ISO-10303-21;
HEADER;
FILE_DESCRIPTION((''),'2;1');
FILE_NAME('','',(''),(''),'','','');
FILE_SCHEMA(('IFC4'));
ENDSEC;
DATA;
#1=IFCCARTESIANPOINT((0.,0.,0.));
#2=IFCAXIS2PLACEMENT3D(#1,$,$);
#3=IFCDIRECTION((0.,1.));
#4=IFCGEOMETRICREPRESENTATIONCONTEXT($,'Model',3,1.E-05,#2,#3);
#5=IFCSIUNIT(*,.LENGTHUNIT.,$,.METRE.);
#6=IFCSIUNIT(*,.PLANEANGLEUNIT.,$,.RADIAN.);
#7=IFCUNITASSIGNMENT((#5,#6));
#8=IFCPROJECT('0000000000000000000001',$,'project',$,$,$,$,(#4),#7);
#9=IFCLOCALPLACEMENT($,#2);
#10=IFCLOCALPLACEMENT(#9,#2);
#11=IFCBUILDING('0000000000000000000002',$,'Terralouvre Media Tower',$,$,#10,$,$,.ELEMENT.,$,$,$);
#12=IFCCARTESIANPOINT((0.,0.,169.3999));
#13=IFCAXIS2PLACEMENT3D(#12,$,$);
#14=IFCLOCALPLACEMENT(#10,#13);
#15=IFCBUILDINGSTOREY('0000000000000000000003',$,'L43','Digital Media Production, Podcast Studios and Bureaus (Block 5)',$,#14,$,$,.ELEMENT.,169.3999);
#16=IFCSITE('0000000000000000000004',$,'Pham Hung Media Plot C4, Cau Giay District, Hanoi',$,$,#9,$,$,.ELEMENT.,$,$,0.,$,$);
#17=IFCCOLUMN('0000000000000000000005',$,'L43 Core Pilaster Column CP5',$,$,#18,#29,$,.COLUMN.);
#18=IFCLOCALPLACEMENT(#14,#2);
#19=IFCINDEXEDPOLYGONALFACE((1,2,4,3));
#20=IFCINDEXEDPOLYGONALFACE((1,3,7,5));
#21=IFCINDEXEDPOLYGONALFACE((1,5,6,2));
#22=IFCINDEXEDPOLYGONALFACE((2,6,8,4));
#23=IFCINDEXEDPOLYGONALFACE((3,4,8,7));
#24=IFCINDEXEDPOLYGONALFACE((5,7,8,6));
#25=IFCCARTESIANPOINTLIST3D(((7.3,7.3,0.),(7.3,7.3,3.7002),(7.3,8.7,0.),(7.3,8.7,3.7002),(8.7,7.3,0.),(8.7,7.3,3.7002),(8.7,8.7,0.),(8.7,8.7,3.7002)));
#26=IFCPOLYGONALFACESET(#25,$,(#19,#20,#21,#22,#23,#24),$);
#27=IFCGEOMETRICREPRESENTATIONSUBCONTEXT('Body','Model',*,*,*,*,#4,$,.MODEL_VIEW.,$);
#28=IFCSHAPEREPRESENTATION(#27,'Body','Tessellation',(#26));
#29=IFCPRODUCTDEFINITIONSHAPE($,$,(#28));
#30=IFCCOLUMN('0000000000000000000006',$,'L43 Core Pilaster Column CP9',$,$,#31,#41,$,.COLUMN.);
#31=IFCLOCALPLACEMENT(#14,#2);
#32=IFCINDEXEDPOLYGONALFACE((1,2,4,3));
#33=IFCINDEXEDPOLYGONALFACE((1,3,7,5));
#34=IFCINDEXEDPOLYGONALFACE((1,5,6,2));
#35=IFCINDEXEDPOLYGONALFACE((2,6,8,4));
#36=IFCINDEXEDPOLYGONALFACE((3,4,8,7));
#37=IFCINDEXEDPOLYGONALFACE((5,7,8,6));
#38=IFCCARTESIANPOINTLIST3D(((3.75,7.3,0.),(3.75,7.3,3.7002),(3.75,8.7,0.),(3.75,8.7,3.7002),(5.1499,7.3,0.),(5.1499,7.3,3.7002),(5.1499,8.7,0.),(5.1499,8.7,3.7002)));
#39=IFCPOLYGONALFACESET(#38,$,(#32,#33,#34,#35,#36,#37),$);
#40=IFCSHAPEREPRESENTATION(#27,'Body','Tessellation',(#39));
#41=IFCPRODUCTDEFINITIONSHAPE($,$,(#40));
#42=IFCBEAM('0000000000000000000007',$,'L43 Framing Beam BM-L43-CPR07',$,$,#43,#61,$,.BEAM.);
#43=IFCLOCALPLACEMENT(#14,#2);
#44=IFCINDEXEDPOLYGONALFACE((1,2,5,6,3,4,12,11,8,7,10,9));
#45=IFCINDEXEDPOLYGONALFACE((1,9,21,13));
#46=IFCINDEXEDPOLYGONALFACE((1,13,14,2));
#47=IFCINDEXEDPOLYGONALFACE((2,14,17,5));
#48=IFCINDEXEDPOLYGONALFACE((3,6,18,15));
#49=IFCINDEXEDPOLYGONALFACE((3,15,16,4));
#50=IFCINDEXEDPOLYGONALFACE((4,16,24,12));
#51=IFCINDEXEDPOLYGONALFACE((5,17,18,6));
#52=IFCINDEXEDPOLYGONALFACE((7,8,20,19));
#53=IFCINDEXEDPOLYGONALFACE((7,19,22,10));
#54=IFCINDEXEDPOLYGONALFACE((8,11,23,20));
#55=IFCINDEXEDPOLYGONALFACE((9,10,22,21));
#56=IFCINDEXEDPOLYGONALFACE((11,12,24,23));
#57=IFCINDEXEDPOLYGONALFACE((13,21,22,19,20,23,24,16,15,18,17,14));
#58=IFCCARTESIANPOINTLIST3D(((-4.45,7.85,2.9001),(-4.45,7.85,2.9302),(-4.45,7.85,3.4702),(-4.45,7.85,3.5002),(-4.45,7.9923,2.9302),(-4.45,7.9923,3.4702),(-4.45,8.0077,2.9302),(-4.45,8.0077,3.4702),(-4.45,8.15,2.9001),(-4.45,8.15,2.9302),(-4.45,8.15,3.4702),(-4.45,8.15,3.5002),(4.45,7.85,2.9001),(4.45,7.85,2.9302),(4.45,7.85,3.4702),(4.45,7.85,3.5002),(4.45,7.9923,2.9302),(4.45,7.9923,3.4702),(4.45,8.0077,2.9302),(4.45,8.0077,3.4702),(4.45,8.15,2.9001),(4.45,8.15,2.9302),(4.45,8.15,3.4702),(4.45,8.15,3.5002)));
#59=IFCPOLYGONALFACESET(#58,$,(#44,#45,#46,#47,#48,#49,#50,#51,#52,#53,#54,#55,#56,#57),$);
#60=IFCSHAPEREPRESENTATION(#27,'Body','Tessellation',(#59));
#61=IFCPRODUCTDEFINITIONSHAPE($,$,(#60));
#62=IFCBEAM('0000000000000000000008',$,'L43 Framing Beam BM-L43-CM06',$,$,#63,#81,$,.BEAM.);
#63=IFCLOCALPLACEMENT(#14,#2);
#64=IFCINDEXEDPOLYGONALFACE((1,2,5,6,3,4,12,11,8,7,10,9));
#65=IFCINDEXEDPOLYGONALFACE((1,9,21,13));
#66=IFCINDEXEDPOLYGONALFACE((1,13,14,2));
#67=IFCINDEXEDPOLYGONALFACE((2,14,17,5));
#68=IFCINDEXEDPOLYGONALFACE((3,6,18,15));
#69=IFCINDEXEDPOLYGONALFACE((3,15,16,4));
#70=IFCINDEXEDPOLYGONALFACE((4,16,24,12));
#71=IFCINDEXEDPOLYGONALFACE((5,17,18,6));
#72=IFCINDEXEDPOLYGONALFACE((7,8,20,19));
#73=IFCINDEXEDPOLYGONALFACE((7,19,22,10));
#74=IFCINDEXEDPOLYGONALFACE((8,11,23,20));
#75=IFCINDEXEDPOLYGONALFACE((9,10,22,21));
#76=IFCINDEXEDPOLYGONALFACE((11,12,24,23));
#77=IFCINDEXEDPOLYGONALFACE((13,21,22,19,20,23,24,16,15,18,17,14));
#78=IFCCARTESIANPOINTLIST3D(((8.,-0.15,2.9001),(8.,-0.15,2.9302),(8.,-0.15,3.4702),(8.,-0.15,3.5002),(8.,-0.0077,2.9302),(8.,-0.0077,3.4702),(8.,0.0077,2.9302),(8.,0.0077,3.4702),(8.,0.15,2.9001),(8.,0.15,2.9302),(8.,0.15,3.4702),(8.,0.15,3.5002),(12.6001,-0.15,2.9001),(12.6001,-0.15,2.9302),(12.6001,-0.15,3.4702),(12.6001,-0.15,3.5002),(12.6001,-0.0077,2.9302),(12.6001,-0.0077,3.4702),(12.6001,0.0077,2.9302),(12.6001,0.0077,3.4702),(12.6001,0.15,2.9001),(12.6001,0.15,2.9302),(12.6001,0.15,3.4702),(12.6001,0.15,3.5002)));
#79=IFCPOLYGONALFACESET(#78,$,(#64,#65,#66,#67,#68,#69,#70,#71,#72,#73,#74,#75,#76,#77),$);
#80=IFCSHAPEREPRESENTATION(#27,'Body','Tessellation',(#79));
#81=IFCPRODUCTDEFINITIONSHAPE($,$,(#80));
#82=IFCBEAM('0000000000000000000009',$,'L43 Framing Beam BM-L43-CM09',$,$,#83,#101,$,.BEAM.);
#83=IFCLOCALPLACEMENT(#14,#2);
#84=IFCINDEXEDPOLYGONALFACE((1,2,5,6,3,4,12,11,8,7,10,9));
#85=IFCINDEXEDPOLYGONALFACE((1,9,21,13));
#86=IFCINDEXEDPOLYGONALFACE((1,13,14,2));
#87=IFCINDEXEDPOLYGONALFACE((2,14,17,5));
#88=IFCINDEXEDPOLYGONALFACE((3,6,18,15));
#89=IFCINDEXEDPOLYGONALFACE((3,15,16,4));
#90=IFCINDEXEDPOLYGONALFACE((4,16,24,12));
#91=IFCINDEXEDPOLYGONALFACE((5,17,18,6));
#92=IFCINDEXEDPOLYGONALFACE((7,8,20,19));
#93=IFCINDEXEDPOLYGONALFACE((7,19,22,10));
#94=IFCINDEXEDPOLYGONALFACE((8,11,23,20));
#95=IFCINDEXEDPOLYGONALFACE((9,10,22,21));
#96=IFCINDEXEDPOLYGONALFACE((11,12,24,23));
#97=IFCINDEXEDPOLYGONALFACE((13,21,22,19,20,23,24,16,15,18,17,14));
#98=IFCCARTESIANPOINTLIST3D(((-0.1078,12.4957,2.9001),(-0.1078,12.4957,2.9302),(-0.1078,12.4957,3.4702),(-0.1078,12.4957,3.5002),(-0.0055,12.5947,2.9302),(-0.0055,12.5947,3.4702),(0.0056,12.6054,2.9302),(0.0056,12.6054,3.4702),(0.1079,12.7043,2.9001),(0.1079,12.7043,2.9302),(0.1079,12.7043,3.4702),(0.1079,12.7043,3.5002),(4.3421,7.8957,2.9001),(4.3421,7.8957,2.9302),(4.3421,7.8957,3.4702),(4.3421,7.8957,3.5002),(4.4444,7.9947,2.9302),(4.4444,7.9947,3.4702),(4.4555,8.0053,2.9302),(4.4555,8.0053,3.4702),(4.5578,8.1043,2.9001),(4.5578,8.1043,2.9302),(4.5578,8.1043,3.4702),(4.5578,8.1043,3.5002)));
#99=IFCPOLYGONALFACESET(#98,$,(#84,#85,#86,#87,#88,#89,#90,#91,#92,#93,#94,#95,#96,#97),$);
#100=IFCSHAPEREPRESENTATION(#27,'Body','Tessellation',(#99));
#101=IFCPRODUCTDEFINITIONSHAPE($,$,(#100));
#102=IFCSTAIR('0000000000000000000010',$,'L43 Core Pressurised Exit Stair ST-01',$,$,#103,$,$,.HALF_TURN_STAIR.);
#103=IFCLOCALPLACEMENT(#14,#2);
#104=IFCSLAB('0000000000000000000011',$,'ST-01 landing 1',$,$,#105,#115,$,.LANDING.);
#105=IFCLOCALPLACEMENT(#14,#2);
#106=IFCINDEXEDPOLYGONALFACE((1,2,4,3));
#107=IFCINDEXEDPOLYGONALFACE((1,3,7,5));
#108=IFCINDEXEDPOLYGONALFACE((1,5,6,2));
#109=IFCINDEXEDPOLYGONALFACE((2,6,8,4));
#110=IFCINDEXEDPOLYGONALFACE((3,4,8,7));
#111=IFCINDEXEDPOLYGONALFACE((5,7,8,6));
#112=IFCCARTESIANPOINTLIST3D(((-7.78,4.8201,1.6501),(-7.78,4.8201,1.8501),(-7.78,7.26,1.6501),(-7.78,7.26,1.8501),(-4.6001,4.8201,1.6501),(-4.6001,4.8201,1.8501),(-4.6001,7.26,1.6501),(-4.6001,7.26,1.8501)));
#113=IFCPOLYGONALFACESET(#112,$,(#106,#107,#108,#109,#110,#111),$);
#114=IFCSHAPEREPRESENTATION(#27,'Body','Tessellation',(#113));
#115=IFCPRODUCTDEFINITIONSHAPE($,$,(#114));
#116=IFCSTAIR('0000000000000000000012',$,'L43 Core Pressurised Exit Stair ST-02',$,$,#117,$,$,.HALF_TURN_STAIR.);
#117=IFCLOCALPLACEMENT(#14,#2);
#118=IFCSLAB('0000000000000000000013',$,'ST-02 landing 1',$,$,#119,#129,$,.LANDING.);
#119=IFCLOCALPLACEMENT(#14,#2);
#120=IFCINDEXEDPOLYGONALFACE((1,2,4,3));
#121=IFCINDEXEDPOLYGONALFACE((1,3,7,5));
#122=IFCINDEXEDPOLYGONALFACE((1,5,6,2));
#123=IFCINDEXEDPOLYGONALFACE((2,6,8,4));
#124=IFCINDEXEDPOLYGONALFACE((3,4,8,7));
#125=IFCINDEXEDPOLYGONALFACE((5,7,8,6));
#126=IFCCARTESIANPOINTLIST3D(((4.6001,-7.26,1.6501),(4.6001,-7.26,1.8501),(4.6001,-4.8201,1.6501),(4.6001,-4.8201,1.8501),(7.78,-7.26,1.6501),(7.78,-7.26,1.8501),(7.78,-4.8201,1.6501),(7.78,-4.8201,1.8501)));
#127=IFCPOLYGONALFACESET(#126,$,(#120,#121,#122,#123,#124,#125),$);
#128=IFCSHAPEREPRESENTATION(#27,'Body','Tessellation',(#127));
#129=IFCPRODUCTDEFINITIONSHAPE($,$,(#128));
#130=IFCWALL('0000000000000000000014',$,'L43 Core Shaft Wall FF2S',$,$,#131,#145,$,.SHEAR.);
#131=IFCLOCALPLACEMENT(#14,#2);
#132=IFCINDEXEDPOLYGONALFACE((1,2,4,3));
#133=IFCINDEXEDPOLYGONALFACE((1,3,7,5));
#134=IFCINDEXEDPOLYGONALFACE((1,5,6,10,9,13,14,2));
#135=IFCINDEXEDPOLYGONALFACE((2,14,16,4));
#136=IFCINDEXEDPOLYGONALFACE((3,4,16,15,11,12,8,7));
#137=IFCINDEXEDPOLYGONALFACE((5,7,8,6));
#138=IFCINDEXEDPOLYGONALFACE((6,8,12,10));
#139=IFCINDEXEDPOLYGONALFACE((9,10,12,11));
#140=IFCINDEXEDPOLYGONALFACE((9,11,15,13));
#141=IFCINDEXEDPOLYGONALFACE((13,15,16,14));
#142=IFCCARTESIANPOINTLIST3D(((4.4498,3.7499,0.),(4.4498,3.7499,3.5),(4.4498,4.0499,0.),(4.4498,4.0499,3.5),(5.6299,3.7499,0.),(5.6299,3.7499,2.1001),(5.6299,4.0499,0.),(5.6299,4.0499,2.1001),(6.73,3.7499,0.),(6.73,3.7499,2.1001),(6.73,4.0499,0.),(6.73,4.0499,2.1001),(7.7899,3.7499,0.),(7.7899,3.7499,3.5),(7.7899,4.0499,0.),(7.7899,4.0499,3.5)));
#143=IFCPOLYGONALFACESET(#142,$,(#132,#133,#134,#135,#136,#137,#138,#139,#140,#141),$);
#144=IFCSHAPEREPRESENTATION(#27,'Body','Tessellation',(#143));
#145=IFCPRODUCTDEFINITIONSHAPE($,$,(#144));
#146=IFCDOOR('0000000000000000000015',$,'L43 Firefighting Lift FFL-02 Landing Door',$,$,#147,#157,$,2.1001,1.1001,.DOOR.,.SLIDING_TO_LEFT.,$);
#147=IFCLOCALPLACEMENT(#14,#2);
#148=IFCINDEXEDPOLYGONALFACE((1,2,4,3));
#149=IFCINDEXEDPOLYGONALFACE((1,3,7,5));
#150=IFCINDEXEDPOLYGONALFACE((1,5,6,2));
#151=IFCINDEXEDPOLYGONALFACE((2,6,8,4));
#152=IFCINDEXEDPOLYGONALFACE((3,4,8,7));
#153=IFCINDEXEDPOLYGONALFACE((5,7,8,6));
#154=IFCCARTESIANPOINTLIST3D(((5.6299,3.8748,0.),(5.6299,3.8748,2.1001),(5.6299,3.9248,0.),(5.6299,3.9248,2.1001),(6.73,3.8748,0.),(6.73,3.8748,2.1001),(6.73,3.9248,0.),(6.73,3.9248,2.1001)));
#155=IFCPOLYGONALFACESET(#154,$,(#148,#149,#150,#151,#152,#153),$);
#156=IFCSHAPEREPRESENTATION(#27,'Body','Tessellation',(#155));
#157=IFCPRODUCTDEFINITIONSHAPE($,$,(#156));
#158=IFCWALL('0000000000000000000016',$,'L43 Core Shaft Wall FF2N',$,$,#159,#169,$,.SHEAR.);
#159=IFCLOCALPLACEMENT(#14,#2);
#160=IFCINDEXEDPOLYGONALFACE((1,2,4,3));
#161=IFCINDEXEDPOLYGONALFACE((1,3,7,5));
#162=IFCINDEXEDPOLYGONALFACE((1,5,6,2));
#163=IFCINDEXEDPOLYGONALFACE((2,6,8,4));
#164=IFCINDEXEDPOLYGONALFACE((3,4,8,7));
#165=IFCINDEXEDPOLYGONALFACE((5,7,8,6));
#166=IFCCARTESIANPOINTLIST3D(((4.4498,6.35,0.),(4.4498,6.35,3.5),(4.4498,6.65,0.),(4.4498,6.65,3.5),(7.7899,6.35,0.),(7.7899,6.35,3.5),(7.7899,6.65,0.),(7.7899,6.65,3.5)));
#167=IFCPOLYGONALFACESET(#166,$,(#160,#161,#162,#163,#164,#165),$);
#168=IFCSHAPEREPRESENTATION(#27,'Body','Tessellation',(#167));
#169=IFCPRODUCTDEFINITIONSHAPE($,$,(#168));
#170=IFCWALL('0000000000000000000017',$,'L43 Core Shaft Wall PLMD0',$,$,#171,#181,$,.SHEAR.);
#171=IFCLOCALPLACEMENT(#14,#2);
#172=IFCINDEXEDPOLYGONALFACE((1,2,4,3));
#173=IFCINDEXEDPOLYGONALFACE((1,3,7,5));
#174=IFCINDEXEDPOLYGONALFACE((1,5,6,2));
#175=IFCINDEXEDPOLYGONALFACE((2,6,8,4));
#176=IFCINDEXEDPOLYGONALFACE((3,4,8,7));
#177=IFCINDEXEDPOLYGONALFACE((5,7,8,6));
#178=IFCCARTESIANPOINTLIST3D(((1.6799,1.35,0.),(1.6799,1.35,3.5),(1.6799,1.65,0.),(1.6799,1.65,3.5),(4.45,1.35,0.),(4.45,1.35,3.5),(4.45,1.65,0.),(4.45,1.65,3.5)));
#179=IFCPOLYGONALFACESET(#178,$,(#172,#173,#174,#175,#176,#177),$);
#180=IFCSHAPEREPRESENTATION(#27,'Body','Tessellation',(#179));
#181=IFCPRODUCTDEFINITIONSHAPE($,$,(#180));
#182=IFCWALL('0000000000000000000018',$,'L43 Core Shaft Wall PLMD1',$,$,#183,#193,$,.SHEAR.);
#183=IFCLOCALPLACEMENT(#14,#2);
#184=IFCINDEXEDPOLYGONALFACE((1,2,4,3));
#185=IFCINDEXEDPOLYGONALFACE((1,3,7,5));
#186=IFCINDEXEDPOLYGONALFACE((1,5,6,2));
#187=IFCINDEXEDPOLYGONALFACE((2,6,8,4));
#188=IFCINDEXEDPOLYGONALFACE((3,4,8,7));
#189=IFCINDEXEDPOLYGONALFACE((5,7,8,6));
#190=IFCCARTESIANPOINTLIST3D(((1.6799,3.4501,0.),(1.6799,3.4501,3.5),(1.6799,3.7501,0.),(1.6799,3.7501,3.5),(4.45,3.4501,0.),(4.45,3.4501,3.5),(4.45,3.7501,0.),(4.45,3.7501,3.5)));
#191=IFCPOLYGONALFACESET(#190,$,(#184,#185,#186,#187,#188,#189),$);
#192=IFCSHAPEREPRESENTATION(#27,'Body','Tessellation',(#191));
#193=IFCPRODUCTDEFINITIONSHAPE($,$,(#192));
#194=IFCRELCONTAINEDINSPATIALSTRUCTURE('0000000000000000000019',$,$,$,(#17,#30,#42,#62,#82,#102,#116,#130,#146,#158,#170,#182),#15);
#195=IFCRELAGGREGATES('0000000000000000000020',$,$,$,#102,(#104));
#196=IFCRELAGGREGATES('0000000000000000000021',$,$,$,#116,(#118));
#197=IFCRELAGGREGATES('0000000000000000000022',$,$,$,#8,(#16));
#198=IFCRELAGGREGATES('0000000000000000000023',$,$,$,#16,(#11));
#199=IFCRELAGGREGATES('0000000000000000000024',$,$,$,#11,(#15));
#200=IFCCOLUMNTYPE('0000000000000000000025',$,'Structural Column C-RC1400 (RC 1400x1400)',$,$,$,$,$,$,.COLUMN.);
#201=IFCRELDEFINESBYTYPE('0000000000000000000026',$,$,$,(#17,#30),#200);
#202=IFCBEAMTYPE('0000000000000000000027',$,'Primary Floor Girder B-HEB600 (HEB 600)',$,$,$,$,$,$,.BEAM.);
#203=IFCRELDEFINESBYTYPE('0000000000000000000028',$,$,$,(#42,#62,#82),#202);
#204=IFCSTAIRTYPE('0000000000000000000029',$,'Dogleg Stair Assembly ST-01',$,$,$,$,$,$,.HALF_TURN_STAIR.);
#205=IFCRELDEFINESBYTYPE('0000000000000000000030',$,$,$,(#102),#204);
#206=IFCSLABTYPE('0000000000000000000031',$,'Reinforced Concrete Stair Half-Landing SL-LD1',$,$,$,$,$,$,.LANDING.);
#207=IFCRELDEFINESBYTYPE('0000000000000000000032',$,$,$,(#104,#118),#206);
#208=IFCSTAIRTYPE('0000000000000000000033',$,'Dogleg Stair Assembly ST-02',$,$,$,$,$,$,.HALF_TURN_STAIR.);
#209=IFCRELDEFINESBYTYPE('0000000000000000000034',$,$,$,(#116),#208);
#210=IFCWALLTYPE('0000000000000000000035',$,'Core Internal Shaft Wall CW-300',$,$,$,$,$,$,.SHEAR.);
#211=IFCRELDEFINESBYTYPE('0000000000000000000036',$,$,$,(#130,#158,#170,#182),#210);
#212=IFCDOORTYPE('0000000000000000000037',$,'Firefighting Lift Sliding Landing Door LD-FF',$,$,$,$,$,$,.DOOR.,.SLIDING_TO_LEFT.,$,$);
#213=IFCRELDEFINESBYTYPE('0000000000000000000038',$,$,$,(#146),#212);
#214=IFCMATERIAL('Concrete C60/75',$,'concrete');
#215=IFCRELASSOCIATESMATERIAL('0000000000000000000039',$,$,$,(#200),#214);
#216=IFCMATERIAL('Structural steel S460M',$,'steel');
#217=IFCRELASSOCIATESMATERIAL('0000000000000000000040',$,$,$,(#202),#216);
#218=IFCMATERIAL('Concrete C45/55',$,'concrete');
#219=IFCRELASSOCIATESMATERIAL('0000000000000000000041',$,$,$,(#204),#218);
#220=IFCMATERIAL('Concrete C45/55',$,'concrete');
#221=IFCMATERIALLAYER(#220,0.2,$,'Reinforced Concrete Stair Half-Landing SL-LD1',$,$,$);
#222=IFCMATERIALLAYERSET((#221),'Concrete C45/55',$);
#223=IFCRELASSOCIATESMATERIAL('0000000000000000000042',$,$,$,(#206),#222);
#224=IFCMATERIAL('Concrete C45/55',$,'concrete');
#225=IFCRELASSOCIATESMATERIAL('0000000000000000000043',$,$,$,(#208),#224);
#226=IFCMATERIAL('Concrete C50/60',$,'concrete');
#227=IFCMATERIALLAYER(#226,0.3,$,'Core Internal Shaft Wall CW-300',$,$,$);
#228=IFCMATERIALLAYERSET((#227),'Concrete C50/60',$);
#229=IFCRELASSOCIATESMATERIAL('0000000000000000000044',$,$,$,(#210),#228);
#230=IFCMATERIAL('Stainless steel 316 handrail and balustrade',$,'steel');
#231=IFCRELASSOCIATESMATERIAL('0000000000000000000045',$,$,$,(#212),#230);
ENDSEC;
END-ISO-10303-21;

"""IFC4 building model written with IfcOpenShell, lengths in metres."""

from ifc_helpers import new_model, si_unit, direction, frame, frame_2d, origin, origin_2d, place, context, subcontext, project, spatial, polyline, rectangle, i_section, outline, extrude, material, layer, layer_set, material_profile, profile_set, type_object, element, fill, aggregate, save


model = new_model("IFC4")

# Units and contexts
model_context = context("Model", 3, precision=1e-05, world=origin(), true_north=direction((0.0, 1.0)))
body_context = subcontext(model_context, "Body", "Model", "MODEL_VIEW")
ifc_project = project(units=[si_unit("LENGTHUNIT", "METRE"), si_unit("PLANEANGLEUNIT", "RADIAN")], contexts=[model_context])

# Site, building, storey
site_placement = place(None, origin())
site = spatial("IfcSite", under=ifc_project, at=site_placement, Name="Pham Hung Media Plot C4, Cau Giay District, Hanoi", CompositionType="ELEMENT", RefElevation=0.0)
building_placement = place(site_placement, origin())
building = spatial("IfcBuilding", under=site, at=building_placement, Name="Terralouvre Media Tower", CompositionType="ELEMENT")
storey_placement = place(building_placement, frame((0.0, 0.0, 169.3999)))
storey = spatial("IfcBuildingStorey", under=building, at=storey_placement, Name="L43", Description="Digital Media Production, Podcast Studios and Bureaus (Block 5)", CompositionType="ELEMENT", Elevation=169.3999)

# Columns
ifc_material_1 = material(Name="Concrete C60/75", Category="concrete")
ifc_material_profile_1 = material_profile(ifc_material_1, rectangle(XDim=1.3999, YDim=1.3999, at=origin_2d()), Name="RC 1400x1400")
ifc_profile_set_1 = profile_set([ifc_material_profile_1], Name="Concrete C60/75")
column_type = type_object("IfcColumnType", Name="Structural Column C-RC1400 (RC 1400x1400)", PredefinedType="COLUMN", material=ifc_profile_set_1)
for number, where, z_axis, x_axis, name in (
    (1, (8.0, 8.0, 0.0), (0.0, 0.0, 1.0), (1.0, 0.0, 0.0), "L43 Core Pilaster Column CP5"),
    (2, (4.45, 8.0, 0.0), (0.0, 0.0, 1.0), (1.0, 0.0, 0.0), "L43 Core Pilaster Column CP9"),
):
    element("IfcColumn", number, at=place(storey_placement, frame(where, z_axis=z_axis, x_axis=x_axis)), inside=storey, type_object=column_type, Name=name, PredefinedType="COLUMN", context=body_context, shape_type="SweptSolid", body=[
        extrude(rectangle(XDim=1.3999, YDim=1.3999, at=origin_2d()), origin(), (0.0, 0.0, 1.0), 3.7002),
    ])

# Beams
ifc_material_2 = material(Name="Structural steel S460M", Category="steel")
ifc_material_profile_2 = material_profile(ifc_material_2, i_section(OverallWidth=0.3, OverallDepth=0.6001, WebThickness=0.0154, FlangeThickness=0.03, at=origin_2d()), Name="HEB 600")
ifc_profile_set_2 = profile_set([ifc_material_profile_2], Name="Structural steel S460M")
beam_type = type_object("IfcBeamType", Name="Primary Floor Girder B-HEB600 (HEB 600)", PredefinedType="BEAM", material=ifc_profile_set_2)
beam_1_placement = place(storey_placement, frame((4.45, 8.0, 3.2002), z_axis=(-1.0, 0.0, 0.0), x_axis=(0.0, -1.0, 0.0)))
element("IfcBeam", 3, at=beam_1_placement, inside=storey, type_object=beam_type, Name="L43 Framing Beam BM-L43-CPR07", PredefinedType="BEAM", context=body_context, shape_type="SweptSolid", body=[
    extrude(i_section(OverallWidth=0.3, OverallDepth=0.6001, WebThickness=0.0154, FlangeThickness=0.03, at=origin_2d()), origin(), (0.0, 0.0, 1.0), 8.8999),
])
beam_2_placement = place(storey_placement, frame((8.0, 0.0, 3.2002), z_axis=(1.0, 0.0, 0.0), x_axis=(0.0, 1.0, 0.0)))
element("IfcBeam", 4, at=beam_2_placement, inside=storey, type_object=beam_type, Name="L43 Framing Beam BM-L43-CM06", PredefinedType="BEAM", context=body_context, shape_type="SweptSolid", body=[
    extrude(i_section(OverallWidth=0.3, OverallDepth=0.6001, WebThickness=0.0154, FlangeThickness=0.03, at=origin_2d()), origin(), (0.0, 0.0, 1.0), 4.6001),
])
beam_3_placement = place(storey_placement, frame((4.45, 8.0, 3.2002), z_axis=(-0.69528, 0.718739, 0.0), x_axis=(-0.718739, -0.69528, 0.0)))
element("IfcBeam", 5, at=beam_3_placement, inside=storey, type_object=beam_type, Name="L43 Framing Beam BM-L43-CM09", PredefinedType="BEAM", context=body_context, shape_type="SweptSolid", body=[
    extrude(i_section(OverallWidth=0.3, OverallDepth=0.6001, WebThickness=0.0154, FlangeThickness=0.03, at=origin_2d()), origin(), (0.0, 0.0, 1.0), 6.4001),
])

# Stairs, slabs
ifc_material_3 = material(Name="Concrete C45/55", Category="concrete")
stair_type_1 = type_object("IfcStairType", Name="Dogleg Stair Assembly ST-01", PredefinedType="HALF_TURN_STAIR", material=ifc_material_3)
stair_1_placement = place(storey_placement, origin())
stair_1 = element("IfcStair", 6, at=stair_1_placement, inside=storey, type_object=stair_type_1, Name="L43 Core Pressurised Exit Stair ST-01", PredefinedType="HALF_TURN_STAIR")
ifc_material_4 = material(Name="Concrete C45/55", Category="concrete")
ifc_layer_1 = layer(ifc_material_4, 0.2, Name="Reinforced Concrete Stair Half-Landing SL-LD1")
ifc_layer_set_1 = layer_set([ifc_layer_1], Name="Concrete C45/55")
slab_type = type_object("IfcSlabType", Name="Reinforced Concrete Stair Half-Landing SL-LD1", PredefinedType="LANDING", material=ifc_layer_set_1)
slab_1_placement = place(storey_placement, frame((0.0, 0.0, 1.6501)))
slab_1 = element("IfcSlab", 7, at=slab_1_placement, type_object=slab_type, Name="ST-01 landing 1", PredefinedType="LANDING", context=body_context, shape_type="SweptSolid", body=[
    extrude(outline(polyline([(-4.6001, 4.8201), (-4.6001, 7.26), (-7.78, 7.26), (-7.78, 4.8201), (-4.6001, 4.8201)])), origin(), (0.0, 0.0, 1.0), 0.2),
])
aggregate(stair_1, [slab_1])
ifc_material_5 = material(Name="Concrete C45/55", Category="concrete")
stair_type_2 = type_object("IfcStairType", Name="Dogleg Stair Assembly ST-02", PredefinedType="HALF_TURN_STAIR", material=ifc_material_5)
stair_2_placement = place(storey_placement, origin())
stair_2 = element("IfcStair", 8, at=stair_2_placement, inside=storey, type_object=stair_type_2, Name="L43 Core Pressurised Exit Stair ST-02", PredefinedType="HALF_TURN_STAIR")
slab_2_placement = place(storey_placement, frame((0.0, 0.0, 1.6501)))
slab_2 = element("IfcSlab", 9, at=slab_2_placement, type_object=slab_type, Name="ST-02 landing 1", PredefinedType="LANDING", context=body_context, shape_type="SweptSolid", body=[
    extrude(outline(polyline([(4.6001, -4.8201), (4.6001, -7.26), (7.78, -7.26), (7.78, -4.8201), (4.6001, -4.8201)])), origin(), (0.0, 0.0, 1.0), 0.2),
])
aggregate(stair_2, [slab_2])

# Wall, opening, door
ifc_material_6 = material(Name="Concrete C50/60", Category="concrete")
ifc_layer_2 = layer(ifc_material_6, 0.3, Name="Core Internal Shaft Wall CW-300")
ifc_layer_set_2 = layer_set([ifc_layer_2], Name="Concrete C50/60")
wall_type = type_object("IfcWallType", Name="Core Internal Shaft Wall CW-300", PredefinedType="SHEAR", material=ifc_layer_set_2)
wall_1_placement = place(storey_placement, frame((4.45, 3.8999, 0.0), z_axis=(0.0, 0.0, 1.0), x_axis=(1.0, 0.0, 0.0)))
wall_1 = element("IfcWall", 10, at=wall_1_placement, inside=storey, type_object=wall_type, Name="L43 Core Shaft Wall FF2S", PredefinedType="SHEAR", context=body_context, shape_type="SweptSolid", body=[
    extrude(rectangle(XDim=3.3401, YDim=0.3, at=frame_2d((1.6699, 0.0))), origin(), (0.0, 0.0, 1.0), 3.5),
])
opening_placement = place(wall_1_placement, frame((1.1799, 0.0, 0.0)))
opening = element("IfcOpeningElement", 11, at=opening_placement, cuts=wall_1, PredefinedType="OPENING", context=body_context, shape_type="SweptSolid", body=[
    extrude(rectangle(XDim=1.1001, YDim=2.1001, at=frame_2d((0.55, 1.05))), frame((0.0, 0.1599, 0.0), z_axis=(0.0, -1.0, 0.0), x_axis=(1.0, 0.0, 0.0)), (0.0, 0.0, 1.0), 0.3201),
])
ifc_material_7 = material(Name="Stainless steel 316 handrail and balustrade", Category="steel")
door_type = type_object("IfcDoorType", Name="Firefighting Lift Sliding Landing Door LD-FF", OperationType="SLIDING_TO_LEFT", PredefinedType="DOOR", material=ifc_material_7)
door_placement = place(opening_placement, origin())
door = element("IfcDoor", 12, at=door_placement, inside=storey, type_object=door_type, Name="L43 Firefighting Lift FFL-02 Landing Door", OperationType="SLIDING_TO_LEFT", OverallHeight=2.1001, OverallWidth=1.1001, PredefinedType="DOOR", context=body_context, shape_type="SweptSolid", body=[
    extrude(rectangle(XDim=1.1001, YDim=2.1001, at=frame_2d((0.55, 1.05))), frame((0.0, 0.0249, 0.0), z_axis=(0.0, -1.0, 0.0), x_axis=(1.0, 0.0, 0.0)), (0.0, 0.0, 1.0), 0.05),
])
fill(opening, door)

# Walls
wall_2_placement = place(storey_placement, frame((4.45, 6.5, 0.0), z_axis=(0.0, 0.0, 1.0), x_axis=(1.0, 0.0, 0.0)))
element("IfcWall", 13, at=wall_2_placement, inside=storey, type_object=wall_type, Name="L43 Core Shaft Wall FF2N", PredefinedType="SHEAR", context=body_context, shape_type="SweptSolid", body=[
    extrude(rectangle(XDim=3.3401, YDim=0.3, at=frame_2d((1.6699, 0.0))), origin(), (0.0, 0.0, 1.0), 3.5),
])
for number, where, z_axis, x_axis, name in (
    (14, (1.6799, 1.5, 0.0), (0.0, 0.0, 1.0), (1.0, 0.0, 0.0), "L43 Core Shaft Wall PLMD0"),
    (15, (1.6799, 3.6001, 0.0), (0.0, 0.0, 1.0), (1.0, 0.0, 0.0), "L43 Core Shaft Wall PLMD1"),
):
    element("IfcWall", number, at=place(storey_placement, frame(where, z_axis=z_axis, x_axis=x_axis)), inside=storey, type_object=wall_type, Name=name, PredefinedType="SHEAR", context=body_context, shape_type="SweptSolid", body=[
        extrude(rectangle(XDim=2.77, YDim=0.3, at=frame_2d((1.385, 0.0))), origin(), (0.0, 0.0, 1.0), 3.5),
    ])

save(model, "model.ifc")
